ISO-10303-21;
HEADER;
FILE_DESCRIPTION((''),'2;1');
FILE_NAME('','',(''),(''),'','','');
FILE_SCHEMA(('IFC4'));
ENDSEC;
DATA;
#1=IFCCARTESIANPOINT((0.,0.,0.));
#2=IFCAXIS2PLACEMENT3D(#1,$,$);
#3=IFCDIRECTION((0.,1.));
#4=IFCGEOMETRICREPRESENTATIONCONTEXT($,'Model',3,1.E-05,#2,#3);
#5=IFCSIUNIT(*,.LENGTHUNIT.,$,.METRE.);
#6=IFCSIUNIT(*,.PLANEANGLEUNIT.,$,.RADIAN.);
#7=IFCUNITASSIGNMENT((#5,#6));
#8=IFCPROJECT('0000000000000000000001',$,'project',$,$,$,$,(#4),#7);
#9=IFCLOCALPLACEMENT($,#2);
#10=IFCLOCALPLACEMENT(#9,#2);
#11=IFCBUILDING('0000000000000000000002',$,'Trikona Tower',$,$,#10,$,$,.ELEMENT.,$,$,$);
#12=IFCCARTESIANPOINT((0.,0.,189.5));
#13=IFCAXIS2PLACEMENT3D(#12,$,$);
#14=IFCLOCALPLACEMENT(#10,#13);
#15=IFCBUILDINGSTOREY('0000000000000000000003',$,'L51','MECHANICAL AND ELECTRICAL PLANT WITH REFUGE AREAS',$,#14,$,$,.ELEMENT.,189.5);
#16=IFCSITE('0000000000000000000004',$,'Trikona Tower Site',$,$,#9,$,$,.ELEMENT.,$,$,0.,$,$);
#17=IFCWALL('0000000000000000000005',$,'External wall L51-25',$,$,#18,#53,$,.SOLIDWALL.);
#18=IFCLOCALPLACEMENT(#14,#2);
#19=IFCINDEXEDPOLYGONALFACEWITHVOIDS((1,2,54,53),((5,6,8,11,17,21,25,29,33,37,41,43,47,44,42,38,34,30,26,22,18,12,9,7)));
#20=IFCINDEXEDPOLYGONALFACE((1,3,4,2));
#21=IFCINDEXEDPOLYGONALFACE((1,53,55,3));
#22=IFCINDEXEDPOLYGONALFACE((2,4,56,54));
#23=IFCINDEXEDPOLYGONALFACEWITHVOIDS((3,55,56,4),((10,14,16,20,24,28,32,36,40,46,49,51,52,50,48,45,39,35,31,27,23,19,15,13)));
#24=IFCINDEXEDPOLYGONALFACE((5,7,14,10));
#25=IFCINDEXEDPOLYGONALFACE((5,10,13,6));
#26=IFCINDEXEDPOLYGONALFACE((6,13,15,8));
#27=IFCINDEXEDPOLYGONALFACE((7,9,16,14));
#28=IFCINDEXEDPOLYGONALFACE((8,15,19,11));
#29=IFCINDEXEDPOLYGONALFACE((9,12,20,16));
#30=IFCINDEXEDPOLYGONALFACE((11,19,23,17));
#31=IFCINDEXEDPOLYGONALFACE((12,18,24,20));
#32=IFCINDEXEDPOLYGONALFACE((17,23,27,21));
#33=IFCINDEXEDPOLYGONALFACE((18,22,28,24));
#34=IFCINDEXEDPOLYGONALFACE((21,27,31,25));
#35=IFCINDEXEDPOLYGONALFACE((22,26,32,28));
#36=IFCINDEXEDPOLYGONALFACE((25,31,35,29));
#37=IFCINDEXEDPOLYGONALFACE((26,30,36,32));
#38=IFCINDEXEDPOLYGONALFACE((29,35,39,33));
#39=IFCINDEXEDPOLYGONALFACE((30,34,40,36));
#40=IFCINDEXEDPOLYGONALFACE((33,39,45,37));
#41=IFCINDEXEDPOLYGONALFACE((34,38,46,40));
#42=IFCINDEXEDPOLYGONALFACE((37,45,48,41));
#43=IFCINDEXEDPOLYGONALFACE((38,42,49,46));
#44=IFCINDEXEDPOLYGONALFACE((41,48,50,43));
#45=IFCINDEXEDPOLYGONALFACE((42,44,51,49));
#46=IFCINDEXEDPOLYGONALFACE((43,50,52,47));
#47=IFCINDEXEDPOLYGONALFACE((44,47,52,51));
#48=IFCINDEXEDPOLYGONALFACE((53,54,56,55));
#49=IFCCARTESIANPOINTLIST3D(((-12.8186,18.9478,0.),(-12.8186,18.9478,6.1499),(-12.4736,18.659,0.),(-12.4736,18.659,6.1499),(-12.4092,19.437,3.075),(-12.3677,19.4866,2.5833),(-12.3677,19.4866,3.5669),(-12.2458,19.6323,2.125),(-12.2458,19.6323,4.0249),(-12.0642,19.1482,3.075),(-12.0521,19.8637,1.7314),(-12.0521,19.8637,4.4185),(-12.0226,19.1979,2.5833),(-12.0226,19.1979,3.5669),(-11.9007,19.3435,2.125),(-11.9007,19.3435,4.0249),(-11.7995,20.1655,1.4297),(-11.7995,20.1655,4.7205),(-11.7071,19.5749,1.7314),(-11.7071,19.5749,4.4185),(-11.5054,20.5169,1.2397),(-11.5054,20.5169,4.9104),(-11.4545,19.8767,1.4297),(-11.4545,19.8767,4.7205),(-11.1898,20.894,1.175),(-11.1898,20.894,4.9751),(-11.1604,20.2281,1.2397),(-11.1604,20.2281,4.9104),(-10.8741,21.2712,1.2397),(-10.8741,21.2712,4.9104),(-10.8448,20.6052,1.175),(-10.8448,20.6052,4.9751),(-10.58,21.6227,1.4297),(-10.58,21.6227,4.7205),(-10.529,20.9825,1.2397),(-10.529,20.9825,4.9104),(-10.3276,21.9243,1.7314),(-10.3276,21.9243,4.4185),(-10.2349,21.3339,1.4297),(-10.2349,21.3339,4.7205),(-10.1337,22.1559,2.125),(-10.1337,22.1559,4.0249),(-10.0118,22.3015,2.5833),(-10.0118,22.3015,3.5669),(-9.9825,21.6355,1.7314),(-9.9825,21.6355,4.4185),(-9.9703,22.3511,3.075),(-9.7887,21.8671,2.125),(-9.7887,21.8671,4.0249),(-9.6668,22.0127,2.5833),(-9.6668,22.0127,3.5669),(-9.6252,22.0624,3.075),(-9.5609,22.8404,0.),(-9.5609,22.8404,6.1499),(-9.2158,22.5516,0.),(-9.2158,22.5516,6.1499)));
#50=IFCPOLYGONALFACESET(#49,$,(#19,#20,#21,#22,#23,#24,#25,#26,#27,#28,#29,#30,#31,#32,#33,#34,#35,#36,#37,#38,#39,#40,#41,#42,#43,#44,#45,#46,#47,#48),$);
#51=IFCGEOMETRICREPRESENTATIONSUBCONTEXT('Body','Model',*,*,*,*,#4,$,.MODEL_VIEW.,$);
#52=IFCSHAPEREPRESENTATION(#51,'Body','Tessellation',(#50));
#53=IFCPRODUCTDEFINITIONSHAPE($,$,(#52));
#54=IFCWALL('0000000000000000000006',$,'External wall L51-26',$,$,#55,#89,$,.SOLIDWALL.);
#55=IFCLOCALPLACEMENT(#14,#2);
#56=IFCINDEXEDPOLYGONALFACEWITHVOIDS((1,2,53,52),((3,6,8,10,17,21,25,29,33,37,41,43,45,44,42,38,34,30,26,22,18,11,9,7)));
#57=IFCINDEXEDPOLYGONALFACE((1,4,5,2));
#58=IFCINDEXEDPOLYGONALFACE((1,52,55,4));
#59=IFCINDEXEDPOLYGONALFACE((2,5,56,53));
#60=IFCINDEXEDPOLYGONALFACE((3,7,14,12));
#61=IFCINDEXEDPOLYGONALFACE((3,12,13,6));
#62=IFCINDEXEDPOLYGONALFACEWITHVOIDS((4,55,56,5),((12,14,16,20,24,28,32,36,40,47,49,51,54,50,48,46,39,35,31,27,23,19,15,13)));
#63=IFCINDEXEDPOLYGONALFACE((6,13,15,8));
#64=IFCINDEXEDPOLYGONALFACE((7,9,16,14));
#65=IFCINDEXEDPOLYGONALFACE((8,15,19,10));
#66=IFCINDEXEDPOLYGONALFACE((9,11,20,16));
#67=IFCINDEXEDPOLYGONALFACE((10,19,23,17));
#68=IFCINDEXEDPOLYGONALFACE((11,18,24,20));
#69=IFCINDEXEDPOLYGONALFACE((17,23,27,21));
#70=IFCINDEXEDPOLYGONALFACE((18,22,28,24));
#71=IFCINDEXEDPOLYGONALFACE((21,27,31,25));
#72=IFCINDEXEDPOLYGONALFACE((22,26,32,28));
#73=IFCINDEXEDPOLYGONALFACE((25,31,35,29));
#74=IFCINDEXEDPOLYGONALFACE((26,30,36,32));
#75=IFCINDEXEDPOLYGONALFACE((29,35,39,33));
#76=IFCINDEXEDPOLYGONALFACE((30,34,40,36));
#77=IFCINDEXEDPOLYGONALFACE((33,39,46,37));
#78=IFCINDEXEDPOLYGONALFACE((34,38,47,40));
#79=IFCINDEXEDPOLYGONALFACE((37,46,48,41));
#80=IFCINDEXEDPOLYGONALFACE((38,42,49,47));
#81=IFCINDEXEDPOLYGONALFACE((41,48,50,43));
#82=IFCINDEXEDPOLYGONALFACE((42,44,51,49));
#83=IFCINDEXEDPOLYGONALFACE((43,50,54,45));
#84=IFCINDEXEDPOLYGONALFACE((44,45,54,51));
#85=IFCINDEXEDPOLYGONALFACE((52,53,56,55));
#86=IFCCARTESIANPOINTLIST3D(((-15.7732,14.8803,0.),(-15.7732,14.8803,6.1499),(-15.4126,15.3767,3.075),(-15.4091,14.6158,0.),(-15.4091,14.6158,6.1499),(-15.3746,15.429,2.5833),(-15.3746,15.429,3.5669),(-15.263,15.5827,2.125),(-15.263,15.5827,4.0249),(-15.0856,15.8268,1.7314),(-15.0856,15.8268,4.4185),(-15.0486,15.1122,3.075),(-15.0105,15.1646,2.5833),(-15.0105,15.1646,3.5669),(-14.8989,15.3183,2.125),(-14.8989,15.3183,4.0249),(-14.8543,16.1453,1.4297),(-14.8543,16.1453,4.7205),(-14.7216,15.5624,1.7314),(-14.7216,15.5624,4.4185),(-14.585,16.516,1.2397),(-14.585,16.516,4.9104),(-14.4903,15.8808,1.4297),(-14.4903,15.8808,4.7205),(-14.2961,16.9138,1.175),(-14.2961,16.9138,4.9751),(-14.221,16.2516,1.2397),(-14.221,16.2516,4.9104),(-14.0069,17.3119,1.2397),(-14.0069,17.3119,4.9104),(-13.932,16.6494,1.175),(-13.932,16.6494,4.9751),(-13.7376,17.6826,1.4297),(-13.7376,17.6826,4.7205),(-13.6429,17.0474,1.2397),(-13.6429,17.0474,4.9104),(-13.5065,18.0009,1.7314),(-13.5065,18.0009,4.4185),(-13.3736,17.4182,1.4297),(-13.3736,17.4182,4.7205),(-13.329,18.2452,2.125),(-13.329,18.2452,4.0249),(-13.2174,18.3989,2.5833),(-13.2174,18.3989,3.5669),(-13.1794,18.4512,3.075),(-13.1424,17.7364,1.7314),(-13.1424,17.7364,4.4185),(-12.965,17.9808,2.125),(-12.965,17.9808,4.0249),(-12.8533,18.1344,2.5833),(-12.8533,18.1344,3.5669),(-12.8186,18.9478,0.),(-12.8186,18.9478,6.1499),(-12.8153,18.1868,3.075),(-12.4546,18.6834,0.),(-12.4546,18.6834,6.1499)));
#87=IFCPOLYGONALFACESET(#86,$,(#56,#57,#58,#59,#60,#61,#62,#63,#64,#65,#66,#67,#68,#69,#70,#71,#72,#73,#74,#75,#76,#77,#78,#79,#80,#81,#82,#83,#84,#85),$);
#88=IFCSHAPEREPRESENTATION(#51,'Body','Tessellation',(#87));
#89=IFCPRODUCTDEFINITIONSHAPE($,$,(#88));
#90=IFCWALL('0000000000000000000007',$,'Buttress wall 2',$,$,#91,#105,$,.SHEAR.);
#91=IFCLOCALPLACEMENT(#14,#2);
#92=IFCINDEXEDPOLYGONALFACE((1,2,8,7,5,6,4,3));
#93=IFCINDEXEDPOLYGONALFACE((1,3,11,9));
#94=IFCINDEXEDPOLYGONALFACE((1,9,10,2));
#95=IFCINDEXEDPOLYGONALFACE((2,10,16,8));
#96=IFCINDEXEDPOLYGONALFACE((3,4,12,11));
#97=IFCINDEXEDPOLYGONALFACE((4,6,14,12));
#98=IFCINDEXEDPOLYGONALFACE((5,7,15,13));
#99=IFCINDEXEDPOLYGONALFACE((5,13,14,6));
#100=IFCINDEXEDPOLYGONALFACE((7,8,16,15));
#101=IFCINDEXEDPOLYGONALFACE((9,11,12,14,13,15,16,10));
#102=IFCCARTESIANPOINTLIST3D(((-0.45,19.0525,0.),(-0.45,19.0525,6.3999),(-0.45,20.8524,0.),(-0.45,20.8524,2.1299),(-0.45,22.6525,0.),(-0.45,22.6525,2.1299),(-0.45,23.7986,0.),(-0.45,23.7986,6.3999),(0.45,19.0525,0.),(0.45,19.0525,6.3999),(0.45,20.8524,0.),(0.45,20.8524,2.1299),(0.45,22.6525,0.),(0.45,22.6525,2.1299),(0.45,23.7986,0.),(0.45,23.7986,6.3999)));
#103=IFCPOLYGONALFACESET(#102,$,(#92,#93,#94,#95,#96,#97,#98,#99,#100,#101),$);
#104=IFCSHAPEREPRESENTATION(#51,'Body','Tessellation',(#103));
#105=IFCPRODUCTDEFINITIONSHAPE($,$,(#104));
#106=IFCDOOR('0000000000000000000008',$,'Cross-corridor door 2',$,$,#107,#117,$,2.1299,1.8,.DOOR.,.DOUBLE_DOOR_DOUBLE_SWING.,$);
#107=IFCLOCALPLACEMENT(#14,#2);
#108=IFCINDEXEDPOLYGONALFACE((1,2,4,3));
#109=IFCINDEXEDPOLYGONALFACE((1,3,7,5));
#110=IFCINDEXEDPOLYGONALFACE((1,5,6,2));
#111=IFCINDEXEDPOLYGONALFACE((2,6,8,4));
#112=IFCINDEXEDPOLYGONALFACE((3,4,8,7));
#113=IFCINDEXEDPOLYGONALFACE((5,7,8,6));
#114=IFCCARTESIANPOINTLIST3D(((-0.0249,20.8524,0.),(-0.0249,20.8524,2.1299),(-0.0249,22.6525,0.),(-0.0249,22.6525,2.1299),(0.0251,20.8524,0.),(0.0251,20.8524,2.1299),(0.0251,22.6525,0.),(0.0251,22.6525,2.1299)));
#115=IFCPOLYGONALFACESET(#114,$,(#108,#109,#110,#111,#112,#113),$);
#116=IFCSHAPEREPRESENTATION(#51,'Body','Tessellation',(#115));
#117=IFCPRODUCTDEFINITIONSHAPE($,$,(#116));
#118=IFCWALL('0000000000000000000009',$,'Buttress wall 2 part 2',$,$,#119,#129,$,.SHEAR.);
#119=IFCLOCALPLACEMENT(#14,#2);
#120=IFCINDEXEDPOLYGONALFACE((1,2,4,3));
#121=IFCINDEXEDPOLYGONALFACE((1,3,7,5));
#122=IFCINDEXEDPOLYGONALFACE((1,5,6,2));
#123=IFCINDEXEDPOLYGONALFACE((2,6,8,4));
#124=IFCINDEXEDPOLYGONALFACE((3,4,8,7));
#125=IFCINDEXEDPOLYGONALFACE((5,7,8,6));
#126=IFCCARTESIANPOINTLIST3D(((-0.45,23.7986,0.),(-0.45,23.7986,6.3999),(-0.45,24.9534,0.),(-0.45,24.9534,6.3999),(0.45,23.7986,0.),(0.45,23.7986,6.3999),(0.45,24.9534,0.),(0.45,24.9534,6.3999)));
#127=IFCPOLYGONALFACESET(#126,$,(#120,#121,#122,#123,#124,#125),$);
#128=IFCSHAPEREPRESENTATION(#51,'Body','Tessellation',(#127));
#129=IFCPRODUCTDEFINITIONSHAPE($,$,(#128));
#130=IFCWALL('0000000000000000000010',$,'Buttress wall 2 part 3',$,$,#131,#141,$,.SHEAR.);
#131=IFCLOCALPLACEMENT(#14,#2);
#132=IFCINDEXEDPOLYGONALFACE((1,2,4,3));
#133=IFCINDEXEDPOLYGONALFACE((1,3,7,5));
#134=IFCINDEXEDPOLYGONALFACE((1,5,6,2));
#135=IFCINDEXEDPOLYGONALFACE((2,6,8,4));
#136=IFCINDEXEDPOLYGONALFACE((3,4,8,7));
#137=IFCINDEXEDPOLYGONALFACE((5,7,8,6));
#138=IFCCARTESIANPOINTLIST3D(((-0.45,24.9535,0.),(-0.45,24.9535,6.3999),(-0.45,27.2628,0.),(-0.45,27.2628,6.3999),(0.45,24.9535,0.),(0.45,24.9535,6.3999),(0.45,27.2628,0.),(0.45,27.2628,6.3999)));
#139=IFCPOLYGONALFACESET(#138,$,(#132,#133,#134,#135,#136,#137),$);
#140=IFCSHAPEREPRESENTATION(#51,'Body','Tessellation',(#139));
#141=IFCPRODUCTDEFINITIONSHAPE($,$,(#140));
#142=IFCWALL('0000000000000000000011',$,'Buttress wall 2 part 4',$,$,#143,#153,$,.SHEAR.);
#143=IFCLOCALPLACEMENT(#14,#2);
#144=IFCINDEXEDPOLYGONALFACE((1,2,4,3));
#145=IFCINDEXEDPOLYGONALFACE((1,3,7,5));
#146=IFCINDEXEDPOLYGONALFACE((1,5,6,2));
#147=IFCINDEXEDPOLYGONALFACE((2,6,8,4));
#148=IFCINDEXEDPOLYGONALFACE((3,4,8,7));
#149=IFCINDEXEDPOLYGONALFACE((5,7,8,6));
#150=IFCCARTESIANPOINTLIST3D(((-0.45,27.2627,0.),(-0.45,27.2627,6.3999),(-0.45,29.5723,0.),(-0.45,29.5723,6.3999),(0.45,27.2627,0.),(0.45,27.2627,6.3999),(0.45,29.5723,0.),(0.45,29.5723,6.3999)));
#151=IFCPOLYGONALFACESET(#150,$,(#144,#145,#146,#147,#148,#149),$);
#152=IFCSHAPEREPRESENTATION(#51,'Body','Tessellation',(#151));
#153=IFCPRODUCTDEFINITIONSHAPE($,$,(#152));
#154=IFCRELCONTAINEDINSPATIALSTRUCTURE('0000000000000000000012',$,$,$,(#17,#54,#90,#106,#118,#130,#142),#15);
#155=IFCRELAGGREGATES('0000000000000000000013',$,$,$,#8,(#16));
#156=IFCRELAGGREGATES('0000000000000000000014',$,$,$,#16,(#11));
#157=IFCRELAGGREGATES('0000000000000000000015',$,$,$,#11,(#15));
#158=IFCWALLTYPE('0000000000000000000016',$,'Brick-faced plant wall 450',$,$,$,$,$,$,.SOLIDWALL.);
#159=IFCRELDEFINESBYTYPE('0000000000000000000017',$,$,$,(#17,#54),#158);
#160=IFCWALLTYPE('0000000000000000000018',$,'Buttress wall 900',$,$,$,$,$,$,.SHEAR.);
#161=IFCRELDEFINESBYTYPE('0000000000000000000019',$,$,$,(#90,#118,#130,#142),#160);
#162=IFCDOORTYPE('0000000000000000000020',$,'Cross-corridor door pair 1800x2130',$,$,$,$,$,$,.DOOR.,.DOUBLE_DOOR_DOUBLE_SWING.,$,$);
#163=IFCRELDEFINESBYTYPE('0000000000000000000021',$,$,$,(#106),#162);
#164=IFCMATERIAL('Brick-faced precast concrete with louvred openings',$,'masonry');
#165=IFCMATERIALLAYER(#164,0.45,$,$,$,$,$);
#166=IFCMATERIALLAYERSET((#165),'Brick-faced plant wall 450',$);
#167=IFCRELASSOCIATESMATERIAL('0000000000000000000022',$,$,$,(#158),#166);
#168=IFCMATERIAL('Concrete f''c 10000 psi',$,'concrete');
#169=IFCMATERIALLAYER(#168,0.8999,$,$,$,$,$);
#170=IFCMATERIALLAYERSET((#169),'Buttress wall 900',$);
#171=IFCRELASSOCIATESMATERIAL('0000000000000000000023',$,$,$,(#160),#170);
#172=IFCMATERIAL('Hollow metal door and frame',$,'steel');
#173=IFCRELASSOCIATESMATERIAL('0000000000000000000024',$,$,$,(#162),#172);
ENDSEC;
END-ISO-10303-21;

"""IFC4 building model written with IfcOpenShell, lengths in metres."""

from ifc_helpers import new_model, si_unit, direction, frame, frame_2d, origin, place, context, subcontext, project, spatial, polyline, rectangle, outline, extrude, material, layer, layer_set, type_object, element, fill, save


model = new_model("IFC4")

# Units and contexts
model_context = context("Model", 3, precision=1e-05, world=origin(), true_north=direction((0.0, 1.0)))
body_context = subcontext(model_context, "Body", "Model", "MODEL_VIEW")
ifc_project = project(units=[si_unit("LENGTHUNIT", "METRE"), si_unit("PLANEANGLEUNIT", "RADIAN")], contexts=[model_context])

# Site, building, storey
site_placement = place(None, origin())
site = spatial("IfcSite", under=ifc_project, at=site_placement, Name="Trikona Tower Site", CompositionType="ELEMENT", RefElevation=0.0)
building_placement = place(site_placement, origin())
building = spatial("IfcBuilding", under=site, at=building_placement, Name="Trikona Tower", CompositionType="ELEMENT")
storey_placement = place(building_placement, frame((0.0, 0.0, 189.5)))
storey = spatial("IfcBuildingStorey", under=building, at=storey_placement, Name="L51", Description="MECHANICAL AND ELECTRICAL PLANT WITH REFUGE AREAS", CompositionType="ELEMENT", Elevation=189.5)

# Walls
ifc_material_1 = material(Name="Brick-faced precast concrete with louvred openings", Category="masonry")
ifc_layer_1 = layer(ifc_material_1, 0.45)
ifc_layer_set_1 = layer_set([ifc_layer_1], Name="Brick-faced plant wall 450")
wall_type_1 = type_object("IfcWallType", Name="Brick-faced plant wall 450", PredefinedType="SOLIDWALL", material=ifc_layer_set_1)
wall_1_placement = place(storey_placement, frame((-9.3884, 22.696, 0.0), z_axis=(0.0, 0.0, 1.0), x_axis=(-0.64181, -0.766863, 0.0)))
element("IfcWall", 1, at=wall_1_placement, inside=storey, type_object=wall_type_1, Name="External wall L51-25", PredefinedType="SOLIDWALL", context=body_context, shape_type="SweptSolid", body=[
    extrude(outline(polyline([(0.0, 0.0), (5.0759, 0.0), (5.0759, 6.1499), (0.0, 6.1499), (0.0, 0.0)]), holes=[polyline([(4.438, 3.075), (4.3733, 3.5669), (4.1833, 4.0249), (3.8816, 4.4185), (3.488, 4.7205), (3.0298, 4.9104), (2.5381, 4.9751), (2.0461, 4.9104), (1.5879, 4.7205), (1.1946, 4.4185), (0.8926, 4.0249), (0.7026, 3.5669), (0.6379, 3.075), (0.7026, 2.5833), (0.8926, 2.125), (1.1946, 1.7314), (1.5879, 1.4297), (2.0461, 1.2397), (2.5381, 1.175), (3.0298, 1.2397), (3.488, 1.4297), (3.8816, 1.7314), (4.1833, 2.125), (4.3733, 2.5833), (4.438, 3.075)])]), frame((0.0, 0.2251, 0.0), z_axis=(0.0, -1.0, 0.0), x_axis=(1.0, 0.0, 0.0)), (0.0, 0.0, 1.0), 0.45),
])
wall_2_placement = place(storey_placement, frame((-12.6367, 18.8157, 0.0), z_axis=(0.0, 0.0, 1.0), x_axis=(-0.587692, -0.809085, 0.0)))
element("IfcWall", 2, at=wall_2_placement, inside=storey, type_object=wall_type_1, Name="External wall L51-26", PredefinedType="SOLIDWALL", context=body_context, shape_type="SweptSolid", body=[
    extrude(outline(polyline([(0.0, 0.0), (5.0273, 0.0), (5.0273, 6.1499), (0.0, 6.1499), (0.0, 0.0)]), holes=[polyline([(4.4138, 3.075), (4.3491, 3.5669), (4.1592, 4.0249), (3.8574, 4.4185), (3.4639, 4.7205), (3.0056, 4.9104), (2.5139, 4.9751), (2.022, 4.9104), (1.5637, 4.7205), (1.1704, 4.4185), (0.8684, 4.0249), (0.6785, 3.5669), (0.6138, 3.075), (0.6785, 2.5833), (0.8684, 2.125), (1.1704, 1.7314), (1.5637, 1.4297), (2.022, 1.2397), (2.5139, 1.175), (3.0056, 1.2397), (3.4639, 1.4297), (3.8574, 1.7314), (4.1592, 2.125), (4.3491, 2.5833), (4.4138, 3.075)])]), frame((0.0, 0.2251, 0.0), z_axis=(0.0, -1.0, 0.0), x_axis=(1.0, 0.0, 0.0)), (0.0, 0.0, 1.0), 0.45),
])

# Wall, opening, door
ifc_material_2 = material(Name="Concrete f'c 10000 psi", Category="concrete")
ifc_layer_2 = layer(ifc_material_2, 0.8999)
ifc_layer_set_2 = layer_set([ifc_layer_2], Name="Buttress wall 900")
wall_type_2 = type_object("IfcWallType", Name="Buttress wall 900", PredefinedType="SHEAR", material=ifc_layer_set_2)
wall_3_placement = place(storey_placement, frame((0.0, 19.0525, 0.0), z_axis=(0.0, 0.0, 1.0), x_axis=(0.0, 1.0, 0.0)))
wall_3 = element("IfcWall", 3, at=wall_3_placement, inside=storey, type_object=wall_type_2, Name="Buttress wall 2", PredefinedType="SHEAR", context=body_context, shape_type="SweptSolid", body=[
    extrude(rectangle(XDim=4.7461, YDim=0.8999, at=frame_2d((2.373, 0.0))), origin(), (0.0, 0.0, 1.0), 6.3999),
])
opening_1_placement = place(wall_3_placement, frame((1.8, 0.0, 0.0)))
opening_1 = element("IfcOpeningElement", 4, at=opening_1_placement, cuts=wall_3, PredefinedType="OPENING", context=body_context, shape_type="SweptSolid", body=[
    extrude(rectangle(XDim=1.8, YDim=2.1299, at=frame_2d((0.8999, 1.0649))), frame((0.0, 0.46, 0.0), z_axis=(0.0, -1.0, 0.0), x_axis=(1.0, 0.0, 0.0)), (0.0, 0.0, 1.0), 0.9199),
])
ifc_material_3 = material(Name="Hollow metal door and frame", Category="steel")
door_type_1 = type_object("IfcDoorType", Name="Cross-corridor door pair 1800x2130", OperationType="DOUBLE_DOOR_DOUBLE_SWING", PredefinedType="DOOR", material=ifc_material_3)
door_1_placement = place(opening_1_placement, origin())
door_1 = element("IfcDoor", 5, at=door_1_placement, inside=storey, type_object=door_type_1, Name="Cross-corridor door 2", OperationType="DOUBLE_DOOR_DOUBLE_SWING", OverallHeight=2.1299, OverallWidth=1.8, PredefinedType="DOOR", context=body_context, shape_type="SweptSolid", body=[
    extrude(rectangle(XDim=1.8, YDim=2.1299, at=frame_2d((0.8999, 1.0649))), frame((0.0, 0.0249, 0.0), z_axis=(0.0, -1.0, 0.0), x_axis=(1.0, 0.0, 0.0)), (0.0, 0.0, 1.0), 0.05),
])
fill(opening_1, door_1)

# Walls
wall_4_placement = place(storey_placement, frame((0.0, 23.7986, 0.0), z_axis=(0.0, 0.0, 1.0), x_axis=(0.0, 1.0, 0.0)))
element("IfcWall", 6, at=wall_4_placement, inside=storey, type_object=wall_type_2, Name="Buttress wall 2 part 2", PredefinedType="SHEAR", context=body_context, shape_type="SweptSolid", body=[
    extrude(rectangle(XDim=1.1548, YDim=0.8999, at=frame_2d((0.5774, 0.0))), origin(), (0.0, 0.0, 1.0), 6.3999),
])
wall_5_placement = place(storey_placement, frame((0.0, 24.9534, 0.0), z_axis=(0.0, 0.0, 1.0), x_axis=(0.0, 1.0, 0.0)))
element("IfcWall", 7, at=wall_5_placement, inside=storey, type_object=wall_type_2, Name="Buttress wall 2 part 3", PredefinedType="SHEAR", context=body_context, shape_type="SweptSolid", body=[
    extrude(rectangle(XDim=2.3093, YDim=0.8999, at=frame_2d((1.1548, 0.0))), origin(), (0.0, 0.0, 1.0), 6.3999),
])
wall_6_placement = place(storey_placement, frame((0.0, 27.2627, 0.0), z_axis=(0.0, 0.0, 1.0), x_axis=(0.0, 1.0, 0.0)))
element("IfcWall", 8, at=wall_6_placement, inside=storey, type_object=wall_type_2, Name="Buttress wall 2 part 4", PredefinedType="SHEAR", context=body_context, shape_type="SweptSolid", body=[
    extrude(rectangle(XDim=2.3096, YDim=0.8999, at=frame_2d((1.1548, 0.0))), origin(), (0.0, 0.0, 1.0), 6.3999),
])

save(model, "model.ifc")
